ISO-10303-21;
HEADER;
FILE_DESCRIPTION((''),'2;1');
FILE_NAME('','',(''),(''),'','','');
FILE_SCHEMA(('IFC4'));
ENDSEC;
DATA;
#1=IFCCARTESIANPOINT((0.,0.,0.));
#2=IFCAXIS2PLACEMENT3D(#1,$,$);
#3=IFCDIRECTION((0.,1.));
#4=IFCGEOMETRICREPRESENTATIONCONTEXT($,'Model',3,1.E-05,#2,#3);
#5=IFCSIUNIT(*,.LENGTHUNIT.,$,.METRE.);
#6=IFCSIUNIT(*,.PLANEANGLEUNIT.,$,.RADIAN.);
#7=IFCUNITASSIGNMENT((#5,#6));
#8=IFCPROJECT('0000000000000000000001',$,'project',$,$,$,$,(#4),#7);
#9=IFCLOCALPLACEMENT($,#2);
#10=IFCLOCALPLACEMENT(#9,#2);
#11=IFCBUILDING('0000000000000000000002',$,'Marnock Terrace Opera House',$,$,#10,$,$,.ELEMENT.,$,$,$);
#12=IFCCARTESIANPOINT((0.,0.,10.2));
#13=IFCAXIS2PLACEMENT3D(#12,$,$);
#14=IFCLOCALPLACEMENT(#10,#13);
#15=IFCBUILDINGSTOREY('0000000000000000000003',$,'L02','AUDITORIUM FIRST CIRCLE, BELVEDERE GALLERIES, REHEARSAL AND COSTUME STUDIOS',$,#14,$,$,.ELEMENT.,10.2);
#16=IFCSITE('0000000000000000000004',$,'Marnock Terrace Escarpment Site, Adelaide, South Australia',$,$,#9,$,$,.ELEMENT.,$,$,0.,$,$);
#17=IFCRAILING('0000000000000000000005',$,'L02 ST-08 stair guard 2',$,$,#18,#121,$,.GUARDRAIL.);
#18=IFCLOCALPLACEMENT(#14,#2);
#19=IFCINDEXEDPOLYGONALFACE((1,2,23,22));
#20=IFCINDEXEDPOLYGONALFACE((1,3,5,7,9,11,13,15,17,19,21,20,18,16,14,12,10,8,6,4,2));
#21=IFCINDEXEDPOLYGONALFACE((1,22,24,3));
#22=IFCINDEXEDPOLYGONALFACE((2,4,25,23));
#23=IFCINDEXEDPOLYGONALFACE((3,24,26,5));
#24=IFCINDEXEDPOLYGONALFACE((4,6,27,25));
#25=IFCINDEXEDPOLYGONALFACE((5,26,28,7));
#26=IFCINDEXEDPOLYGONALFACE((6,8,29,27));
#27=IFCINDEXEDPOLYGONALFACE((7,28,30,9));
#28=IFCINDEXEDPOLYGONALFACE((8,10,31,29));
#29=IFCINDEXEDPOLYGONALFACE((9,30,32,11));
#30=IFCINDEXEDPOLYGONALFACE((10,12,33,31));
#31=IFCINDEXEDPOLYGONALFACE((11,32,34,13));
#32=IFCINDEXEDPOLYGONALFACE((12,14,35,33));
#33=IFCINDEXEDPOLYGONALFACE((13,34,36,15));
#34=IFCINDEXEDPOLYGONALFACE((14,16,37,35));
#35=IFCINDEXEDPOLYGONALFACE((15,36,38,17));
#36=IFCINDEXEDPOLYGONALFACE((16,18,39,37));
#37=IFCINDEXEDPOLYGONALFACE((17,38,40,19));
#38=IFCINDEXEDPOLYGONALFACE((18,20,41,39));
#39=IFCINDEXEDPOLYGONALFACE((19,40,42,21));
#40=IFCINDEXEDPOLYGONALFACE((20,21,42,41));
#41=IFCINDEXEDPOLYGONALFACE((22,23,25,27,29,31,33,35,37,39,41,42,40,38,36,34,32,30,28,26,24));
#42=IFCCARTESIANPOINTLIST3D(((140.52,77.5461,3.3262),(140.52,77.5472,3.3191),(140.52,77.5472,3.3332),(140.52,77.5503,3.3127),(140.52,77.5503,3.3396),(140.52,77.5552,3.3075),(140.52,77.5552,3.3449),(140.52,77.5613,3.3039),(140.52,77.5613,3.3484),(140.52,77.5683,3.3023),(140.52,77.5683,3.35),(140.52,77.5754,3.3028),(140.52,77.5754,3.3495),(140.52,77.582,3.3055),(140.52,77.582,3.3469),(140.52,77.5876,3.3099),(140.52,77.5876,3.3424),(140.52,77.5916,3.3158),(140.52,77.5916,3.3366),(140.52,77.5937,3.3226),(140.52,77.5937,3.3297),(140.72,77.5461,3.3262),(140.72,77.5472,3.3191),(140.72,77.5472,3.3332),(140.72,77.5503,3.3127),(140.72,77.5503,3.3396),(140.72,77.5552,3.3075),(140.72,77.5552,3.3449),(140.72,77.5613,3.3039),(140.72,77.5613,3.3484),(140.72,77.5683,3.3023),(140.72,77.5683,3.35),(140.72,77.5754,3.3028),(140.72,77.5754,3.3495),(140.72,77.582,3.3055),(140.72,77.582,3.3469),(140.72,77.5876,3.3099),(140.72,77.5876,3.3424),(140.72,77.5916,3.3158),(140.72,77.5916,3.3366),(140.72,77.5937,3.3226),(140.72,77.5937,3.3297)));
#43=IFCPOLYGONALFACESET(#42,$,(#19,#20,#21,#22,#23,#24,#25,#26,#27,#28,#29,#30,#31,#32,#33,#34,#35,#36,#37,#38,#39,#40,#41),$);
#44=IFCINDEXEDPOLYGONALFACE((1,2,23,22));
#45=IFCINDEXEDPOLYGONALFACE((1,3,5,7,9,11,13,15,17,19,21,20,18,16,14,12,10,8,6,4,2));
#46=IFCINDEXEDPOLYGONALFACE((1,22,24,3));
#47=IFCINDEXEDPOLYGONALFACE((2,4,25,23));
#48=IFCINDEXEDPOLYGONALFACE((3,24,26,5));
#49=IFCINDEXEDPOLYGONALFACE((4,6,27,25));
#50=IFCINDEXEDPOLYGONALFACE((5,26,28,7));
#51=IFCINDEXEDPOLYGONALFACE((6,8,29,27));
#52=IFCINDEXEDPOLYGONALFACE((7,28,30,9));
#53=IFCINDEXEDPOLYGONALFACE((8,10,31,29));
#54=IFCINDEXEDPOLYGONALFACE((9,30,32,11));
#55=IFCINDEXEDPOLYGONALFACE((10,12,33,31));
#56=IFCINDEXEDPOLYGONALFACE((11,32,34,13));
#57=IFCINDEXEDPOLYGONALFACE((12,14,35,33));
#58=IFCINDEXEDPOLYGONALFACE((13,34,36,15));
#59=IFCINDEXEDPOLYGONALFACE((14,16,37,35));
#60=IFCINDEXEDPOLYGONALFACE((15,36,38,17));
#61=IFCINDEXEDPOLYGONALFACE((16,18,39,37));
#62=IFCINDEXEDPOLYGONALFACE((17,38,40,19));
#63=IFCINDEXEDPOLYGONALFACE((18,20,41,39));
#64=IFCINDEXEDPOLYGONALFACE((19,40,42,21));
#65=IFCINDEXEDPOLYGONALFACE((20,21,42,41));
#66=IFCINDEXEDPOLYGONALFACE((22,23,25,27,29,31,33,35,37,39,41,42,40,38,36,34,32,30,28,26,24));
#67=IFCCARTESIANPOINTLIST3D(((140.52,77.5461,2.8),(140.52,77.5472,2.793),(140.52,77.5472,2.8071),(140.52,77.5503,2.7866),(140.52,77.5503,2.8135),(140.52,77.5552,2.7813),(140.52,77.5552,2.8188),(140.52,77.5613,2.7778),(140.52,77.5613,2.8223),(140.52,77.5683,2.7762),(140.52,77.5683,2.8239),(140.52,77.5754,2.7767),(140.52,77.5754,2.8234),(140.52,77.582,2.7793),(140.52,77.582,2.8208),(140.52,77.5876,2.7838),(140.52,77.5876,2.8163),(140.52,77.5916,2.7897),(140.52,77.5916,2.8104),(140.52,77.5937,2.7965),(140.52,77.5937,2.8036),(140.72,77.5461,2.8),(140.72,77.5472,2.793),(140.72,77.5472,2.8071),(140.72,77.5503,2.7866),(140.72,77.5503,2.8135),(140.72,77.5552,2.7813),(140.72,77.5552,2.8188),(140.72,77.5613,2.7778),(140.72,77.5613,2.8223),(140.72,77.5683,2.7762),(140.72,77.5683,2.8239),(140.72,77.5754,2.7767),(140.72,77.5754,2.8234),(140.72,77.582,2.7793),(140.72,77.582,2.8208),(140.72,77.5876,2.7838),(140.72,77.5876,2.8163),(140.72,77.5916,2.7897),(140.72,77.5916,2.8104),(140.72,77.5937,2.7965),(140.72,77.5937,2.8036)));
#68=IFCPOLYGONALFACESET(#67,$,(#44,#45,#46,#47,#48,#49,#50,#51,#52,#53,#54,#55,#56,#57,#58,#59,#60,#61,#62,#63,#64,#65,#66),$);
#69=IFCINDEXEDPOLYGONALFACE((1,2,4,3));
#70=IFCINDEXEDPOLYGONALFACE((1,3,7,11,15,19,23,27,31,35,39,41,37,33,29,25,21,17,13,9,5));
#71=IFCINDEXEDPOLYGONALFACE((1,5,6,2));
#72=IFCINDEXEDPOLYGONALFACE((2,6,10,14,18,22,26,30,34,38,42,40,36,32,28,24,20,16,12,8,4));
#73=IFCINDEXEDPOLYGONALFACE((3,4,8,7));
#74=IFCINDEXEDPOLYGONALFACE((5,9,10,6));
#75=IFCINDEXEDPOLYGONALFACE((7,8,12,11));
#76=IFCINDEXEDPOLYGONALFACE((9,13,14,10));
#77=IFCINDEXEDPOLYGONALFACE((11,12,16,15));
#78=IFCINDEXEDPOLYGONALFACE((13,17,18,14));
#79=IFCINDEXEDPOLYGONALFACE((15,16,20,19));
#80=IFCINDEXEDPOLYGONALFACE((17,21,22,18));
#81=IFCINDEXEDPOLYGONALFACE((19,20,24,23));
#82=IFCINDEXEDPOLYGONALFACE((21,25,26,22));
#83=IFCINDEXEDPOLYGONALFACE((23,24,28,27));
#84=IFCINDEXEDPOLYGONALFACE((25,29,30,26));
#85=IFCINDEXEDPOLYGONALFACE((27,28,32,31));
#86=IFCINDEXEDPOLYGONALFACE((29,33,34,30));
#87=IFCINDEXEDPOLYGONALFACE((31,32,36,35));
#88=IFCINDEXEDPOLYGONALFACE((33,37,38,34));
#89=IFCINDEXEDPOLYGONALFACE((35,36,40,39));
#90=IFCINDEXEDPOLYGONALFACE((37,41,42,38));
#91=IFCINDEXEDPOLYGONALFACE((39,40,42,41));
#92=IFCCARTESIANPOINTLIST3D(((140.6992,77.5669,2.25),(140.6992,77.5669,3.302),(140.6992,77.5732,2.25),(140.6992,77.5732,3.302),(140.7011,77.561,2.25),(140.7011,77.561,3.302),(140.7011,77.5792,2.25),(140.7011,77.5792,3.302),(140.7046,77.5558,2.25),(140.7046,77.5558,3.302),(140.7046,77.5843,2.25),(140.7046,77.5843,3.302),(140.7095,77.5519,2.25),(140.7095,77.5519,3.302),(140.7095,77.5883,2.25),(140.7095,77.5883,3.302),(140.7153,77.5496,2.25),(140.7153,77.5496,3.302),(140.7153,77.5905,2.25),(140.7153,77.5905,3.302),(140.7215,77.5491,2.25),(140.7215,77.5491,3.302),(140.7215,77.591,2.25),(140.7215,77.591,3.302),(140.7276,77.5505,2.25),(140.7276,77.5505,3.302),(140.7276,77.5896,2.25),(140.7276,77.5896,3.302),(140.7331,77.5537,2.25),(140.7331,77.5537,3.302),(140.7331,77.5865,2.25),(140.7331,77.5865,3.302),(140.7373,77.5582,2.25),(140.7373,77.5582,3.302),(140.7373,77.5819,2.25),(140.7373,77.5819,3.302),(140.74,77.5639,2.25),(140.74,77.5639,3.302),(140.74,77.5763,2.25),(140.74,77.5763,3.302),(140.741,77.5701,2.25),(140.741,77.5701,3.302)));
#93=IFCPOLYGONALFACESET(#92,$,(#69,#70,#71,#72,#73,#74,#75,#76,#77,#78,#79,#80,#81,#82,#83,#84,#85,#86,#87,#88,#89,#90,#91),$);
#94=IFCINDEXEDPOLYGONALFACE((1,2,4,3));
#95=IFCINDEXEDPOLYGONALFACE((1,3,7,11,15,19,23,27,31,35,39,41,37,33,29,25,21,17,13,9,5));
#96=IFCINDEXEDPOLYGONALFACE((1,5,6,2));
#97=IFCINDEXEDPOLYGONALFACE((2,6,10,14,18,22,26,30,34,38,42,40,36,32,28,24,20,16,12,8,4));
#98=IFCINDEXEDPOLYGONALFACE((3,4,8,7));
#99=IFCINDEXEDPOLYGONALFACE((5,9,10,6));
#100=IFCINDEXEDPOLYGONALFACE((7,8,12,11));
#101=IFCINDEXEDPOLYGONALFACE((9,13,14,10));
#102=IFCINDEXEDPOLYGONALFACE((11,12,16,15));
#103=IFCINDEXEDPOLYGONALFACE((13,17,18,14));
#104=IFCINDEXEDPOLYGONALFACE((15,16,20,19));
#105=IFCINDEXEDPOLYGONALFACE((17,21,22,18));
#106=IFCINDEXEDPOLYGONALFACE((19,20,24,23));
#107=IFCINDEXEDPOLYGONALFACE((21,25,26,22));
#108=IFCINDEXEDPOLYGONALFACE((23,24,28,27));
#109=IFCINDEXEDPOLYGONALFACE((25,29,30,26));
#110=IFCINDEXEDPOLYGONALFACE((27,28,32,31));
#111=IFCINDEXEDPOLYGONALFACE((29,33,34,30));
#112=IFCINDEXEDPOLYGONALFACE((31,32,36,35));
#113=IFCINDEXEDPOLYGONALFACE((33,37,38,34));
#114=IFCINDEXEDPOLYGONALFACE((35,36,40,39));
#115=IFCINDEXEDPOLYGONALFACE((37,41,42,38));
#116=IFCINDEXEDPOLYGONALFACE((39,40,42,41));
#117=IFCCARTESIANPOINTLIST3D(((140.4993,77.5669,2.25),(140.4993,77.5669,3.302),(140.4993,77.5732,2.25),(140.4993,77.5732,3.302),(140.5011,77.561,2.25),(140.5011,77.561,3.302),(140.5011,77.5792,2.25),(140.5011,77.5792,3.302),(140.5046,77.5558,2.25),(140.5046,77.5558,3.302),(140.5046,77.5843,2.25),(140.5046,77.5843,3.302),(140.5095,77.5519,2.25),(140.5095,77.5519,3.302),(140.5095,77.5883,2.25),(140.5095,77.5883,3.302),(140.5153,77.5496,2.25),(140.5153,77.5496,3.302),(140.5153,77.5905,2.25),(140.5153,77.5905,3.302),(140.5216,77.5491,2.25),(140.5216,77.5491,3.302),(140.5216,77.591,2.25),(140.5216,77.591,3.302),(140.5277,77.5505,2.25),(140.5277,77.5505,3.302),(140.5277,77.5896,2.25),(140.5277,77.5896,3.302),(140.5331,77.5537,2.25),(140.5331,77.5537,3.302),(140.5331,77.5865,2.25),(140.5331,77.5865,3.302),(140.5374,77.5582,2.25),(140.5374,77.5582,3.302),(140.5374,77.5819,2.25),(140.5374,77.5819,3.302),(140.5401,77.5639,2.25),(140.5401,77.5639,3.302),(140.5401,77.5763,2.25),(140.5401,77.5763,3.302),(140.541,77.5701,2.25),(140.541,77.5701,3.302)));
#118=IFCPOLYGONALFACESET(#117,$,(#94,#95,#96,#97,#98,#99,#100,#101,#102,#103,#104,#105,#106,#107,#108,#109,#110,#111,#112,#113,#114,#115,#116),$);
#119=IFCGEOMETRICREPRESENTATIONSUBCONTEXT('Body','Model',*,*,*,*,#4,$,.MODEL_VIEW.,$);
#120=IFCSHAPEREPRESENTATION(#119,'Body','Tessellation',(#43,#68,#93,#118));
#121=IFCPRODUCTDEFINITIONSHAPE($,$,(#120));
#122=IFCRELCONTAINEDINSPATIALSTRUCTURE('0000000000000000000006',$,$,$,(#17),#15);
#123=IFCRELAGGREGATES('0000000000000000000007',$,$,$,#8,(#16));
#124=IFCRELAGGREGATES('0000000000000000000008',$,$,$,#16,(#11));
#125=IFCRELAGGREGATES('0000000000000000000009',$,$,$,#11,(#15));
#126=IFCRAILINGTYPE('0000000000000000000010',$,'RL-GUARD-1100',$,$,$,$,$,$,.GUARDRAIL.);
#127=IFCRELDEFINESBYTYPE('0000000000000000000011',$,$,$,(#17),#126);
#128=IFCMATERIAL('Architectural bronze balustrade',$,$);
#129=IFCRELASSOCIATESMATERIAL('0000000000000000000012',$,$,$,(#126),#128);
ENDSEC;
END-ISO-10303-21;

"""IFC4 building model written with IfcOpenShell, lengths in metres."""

from ifc_helpers import new_model, si_unit, direction, frame, origin, origin_2d, place, context, subcontext, project, spatial, circle, extrude, material, type_object, element, save


model = new_model("IFC4")

# Units and contexts
model_context = context("Model", 3, precision=1e-05, world=origin(), true_north=direction((0.0, 1.0)))
body_context = subcontext(model_context, "Body", "Model", "MODEL_VIEW")
ifc_project = project(units=[si_unit("LENGTHUNIT", "METRE"), si_unit("PLANEANGLEUNIT", "RADIAN")], contexts=[model_context])

# Site, building, storey
site_placement = place(None, origin())
site = spatial("IfcSite", under=ifc_project, at=site_placement, Name="Marnock Terrace Escarpment Site, Adelaide, South Australia", CompositionType="ELEMENT", RefElevation=0.0)
building_placement = place(site_placement, origin())
building = spatial("IfcBuilding", under=site, at=building_placement, Name="Marnock Terrace Opera House", CompositionType="ELEMENT")
storey_placement = place(building_placement, frame((0.0, 0.0, 10.2)))
storey = spatial("IfcBuildingStorey", under=building, at=storey_placement, Name="L02", Description="AUDITORIUM FIRST CIRCLE, BELVEDERE GALLERIES, REHEARSAL AND COSTUME STUDIOS", CompositionType="ELEMENT", Elevation=10.2)

# Railing
ifc_material_1 = material(Name="Architectural bronze balustrade")
railing_type_1 = type_object("IfcRailingType", Name="RL-GUARD-1100", PredefinedType="GUARDRAIL", material=ifc_material_1)
railing_1_placement = place(storey_placement, frame((140.72, 77.5701, 2.25)))
element("IfcRailing", 1, at=railing_1_placement, inside=storey, type_object=railing_type_1, Name="L02 ST-08 stair guard 2", PredefinedType="GUARDRAIL", context=body_context, shape_type="SweptSolid", body=[
    extrude(circle(Radius=0.0239, at=origin_2d()), frame((0.0, 0.0, 1.0762), z_axis=(-1.0, 0.0, 0.0), x_axis=(0.0, -1.0, 0.0)), (0.0, 0.0, 1.0), 0.2),
    extrude(circle(Radius=0.0239, at=origin_2d()), frame((0.0, 0.0, 0.55), z_axis=(-1.0, 0.0, 0.0), x_axis=(0.0, -1.0, 0.0)), (0.0, 0.0, 1.0), 0.2),
    extrude(circle(Radius=0.021, at=origin_2d()), origin(), (0.0, 0.0, 1.0), 1.052),
    extrude(circle(Radius=0.021, at=origin_2d()), frame((-0.2, 0.0, 0.0)), (0.0, 0.0, 1.0), 1.052),
])

save(model, "model.ifc")
